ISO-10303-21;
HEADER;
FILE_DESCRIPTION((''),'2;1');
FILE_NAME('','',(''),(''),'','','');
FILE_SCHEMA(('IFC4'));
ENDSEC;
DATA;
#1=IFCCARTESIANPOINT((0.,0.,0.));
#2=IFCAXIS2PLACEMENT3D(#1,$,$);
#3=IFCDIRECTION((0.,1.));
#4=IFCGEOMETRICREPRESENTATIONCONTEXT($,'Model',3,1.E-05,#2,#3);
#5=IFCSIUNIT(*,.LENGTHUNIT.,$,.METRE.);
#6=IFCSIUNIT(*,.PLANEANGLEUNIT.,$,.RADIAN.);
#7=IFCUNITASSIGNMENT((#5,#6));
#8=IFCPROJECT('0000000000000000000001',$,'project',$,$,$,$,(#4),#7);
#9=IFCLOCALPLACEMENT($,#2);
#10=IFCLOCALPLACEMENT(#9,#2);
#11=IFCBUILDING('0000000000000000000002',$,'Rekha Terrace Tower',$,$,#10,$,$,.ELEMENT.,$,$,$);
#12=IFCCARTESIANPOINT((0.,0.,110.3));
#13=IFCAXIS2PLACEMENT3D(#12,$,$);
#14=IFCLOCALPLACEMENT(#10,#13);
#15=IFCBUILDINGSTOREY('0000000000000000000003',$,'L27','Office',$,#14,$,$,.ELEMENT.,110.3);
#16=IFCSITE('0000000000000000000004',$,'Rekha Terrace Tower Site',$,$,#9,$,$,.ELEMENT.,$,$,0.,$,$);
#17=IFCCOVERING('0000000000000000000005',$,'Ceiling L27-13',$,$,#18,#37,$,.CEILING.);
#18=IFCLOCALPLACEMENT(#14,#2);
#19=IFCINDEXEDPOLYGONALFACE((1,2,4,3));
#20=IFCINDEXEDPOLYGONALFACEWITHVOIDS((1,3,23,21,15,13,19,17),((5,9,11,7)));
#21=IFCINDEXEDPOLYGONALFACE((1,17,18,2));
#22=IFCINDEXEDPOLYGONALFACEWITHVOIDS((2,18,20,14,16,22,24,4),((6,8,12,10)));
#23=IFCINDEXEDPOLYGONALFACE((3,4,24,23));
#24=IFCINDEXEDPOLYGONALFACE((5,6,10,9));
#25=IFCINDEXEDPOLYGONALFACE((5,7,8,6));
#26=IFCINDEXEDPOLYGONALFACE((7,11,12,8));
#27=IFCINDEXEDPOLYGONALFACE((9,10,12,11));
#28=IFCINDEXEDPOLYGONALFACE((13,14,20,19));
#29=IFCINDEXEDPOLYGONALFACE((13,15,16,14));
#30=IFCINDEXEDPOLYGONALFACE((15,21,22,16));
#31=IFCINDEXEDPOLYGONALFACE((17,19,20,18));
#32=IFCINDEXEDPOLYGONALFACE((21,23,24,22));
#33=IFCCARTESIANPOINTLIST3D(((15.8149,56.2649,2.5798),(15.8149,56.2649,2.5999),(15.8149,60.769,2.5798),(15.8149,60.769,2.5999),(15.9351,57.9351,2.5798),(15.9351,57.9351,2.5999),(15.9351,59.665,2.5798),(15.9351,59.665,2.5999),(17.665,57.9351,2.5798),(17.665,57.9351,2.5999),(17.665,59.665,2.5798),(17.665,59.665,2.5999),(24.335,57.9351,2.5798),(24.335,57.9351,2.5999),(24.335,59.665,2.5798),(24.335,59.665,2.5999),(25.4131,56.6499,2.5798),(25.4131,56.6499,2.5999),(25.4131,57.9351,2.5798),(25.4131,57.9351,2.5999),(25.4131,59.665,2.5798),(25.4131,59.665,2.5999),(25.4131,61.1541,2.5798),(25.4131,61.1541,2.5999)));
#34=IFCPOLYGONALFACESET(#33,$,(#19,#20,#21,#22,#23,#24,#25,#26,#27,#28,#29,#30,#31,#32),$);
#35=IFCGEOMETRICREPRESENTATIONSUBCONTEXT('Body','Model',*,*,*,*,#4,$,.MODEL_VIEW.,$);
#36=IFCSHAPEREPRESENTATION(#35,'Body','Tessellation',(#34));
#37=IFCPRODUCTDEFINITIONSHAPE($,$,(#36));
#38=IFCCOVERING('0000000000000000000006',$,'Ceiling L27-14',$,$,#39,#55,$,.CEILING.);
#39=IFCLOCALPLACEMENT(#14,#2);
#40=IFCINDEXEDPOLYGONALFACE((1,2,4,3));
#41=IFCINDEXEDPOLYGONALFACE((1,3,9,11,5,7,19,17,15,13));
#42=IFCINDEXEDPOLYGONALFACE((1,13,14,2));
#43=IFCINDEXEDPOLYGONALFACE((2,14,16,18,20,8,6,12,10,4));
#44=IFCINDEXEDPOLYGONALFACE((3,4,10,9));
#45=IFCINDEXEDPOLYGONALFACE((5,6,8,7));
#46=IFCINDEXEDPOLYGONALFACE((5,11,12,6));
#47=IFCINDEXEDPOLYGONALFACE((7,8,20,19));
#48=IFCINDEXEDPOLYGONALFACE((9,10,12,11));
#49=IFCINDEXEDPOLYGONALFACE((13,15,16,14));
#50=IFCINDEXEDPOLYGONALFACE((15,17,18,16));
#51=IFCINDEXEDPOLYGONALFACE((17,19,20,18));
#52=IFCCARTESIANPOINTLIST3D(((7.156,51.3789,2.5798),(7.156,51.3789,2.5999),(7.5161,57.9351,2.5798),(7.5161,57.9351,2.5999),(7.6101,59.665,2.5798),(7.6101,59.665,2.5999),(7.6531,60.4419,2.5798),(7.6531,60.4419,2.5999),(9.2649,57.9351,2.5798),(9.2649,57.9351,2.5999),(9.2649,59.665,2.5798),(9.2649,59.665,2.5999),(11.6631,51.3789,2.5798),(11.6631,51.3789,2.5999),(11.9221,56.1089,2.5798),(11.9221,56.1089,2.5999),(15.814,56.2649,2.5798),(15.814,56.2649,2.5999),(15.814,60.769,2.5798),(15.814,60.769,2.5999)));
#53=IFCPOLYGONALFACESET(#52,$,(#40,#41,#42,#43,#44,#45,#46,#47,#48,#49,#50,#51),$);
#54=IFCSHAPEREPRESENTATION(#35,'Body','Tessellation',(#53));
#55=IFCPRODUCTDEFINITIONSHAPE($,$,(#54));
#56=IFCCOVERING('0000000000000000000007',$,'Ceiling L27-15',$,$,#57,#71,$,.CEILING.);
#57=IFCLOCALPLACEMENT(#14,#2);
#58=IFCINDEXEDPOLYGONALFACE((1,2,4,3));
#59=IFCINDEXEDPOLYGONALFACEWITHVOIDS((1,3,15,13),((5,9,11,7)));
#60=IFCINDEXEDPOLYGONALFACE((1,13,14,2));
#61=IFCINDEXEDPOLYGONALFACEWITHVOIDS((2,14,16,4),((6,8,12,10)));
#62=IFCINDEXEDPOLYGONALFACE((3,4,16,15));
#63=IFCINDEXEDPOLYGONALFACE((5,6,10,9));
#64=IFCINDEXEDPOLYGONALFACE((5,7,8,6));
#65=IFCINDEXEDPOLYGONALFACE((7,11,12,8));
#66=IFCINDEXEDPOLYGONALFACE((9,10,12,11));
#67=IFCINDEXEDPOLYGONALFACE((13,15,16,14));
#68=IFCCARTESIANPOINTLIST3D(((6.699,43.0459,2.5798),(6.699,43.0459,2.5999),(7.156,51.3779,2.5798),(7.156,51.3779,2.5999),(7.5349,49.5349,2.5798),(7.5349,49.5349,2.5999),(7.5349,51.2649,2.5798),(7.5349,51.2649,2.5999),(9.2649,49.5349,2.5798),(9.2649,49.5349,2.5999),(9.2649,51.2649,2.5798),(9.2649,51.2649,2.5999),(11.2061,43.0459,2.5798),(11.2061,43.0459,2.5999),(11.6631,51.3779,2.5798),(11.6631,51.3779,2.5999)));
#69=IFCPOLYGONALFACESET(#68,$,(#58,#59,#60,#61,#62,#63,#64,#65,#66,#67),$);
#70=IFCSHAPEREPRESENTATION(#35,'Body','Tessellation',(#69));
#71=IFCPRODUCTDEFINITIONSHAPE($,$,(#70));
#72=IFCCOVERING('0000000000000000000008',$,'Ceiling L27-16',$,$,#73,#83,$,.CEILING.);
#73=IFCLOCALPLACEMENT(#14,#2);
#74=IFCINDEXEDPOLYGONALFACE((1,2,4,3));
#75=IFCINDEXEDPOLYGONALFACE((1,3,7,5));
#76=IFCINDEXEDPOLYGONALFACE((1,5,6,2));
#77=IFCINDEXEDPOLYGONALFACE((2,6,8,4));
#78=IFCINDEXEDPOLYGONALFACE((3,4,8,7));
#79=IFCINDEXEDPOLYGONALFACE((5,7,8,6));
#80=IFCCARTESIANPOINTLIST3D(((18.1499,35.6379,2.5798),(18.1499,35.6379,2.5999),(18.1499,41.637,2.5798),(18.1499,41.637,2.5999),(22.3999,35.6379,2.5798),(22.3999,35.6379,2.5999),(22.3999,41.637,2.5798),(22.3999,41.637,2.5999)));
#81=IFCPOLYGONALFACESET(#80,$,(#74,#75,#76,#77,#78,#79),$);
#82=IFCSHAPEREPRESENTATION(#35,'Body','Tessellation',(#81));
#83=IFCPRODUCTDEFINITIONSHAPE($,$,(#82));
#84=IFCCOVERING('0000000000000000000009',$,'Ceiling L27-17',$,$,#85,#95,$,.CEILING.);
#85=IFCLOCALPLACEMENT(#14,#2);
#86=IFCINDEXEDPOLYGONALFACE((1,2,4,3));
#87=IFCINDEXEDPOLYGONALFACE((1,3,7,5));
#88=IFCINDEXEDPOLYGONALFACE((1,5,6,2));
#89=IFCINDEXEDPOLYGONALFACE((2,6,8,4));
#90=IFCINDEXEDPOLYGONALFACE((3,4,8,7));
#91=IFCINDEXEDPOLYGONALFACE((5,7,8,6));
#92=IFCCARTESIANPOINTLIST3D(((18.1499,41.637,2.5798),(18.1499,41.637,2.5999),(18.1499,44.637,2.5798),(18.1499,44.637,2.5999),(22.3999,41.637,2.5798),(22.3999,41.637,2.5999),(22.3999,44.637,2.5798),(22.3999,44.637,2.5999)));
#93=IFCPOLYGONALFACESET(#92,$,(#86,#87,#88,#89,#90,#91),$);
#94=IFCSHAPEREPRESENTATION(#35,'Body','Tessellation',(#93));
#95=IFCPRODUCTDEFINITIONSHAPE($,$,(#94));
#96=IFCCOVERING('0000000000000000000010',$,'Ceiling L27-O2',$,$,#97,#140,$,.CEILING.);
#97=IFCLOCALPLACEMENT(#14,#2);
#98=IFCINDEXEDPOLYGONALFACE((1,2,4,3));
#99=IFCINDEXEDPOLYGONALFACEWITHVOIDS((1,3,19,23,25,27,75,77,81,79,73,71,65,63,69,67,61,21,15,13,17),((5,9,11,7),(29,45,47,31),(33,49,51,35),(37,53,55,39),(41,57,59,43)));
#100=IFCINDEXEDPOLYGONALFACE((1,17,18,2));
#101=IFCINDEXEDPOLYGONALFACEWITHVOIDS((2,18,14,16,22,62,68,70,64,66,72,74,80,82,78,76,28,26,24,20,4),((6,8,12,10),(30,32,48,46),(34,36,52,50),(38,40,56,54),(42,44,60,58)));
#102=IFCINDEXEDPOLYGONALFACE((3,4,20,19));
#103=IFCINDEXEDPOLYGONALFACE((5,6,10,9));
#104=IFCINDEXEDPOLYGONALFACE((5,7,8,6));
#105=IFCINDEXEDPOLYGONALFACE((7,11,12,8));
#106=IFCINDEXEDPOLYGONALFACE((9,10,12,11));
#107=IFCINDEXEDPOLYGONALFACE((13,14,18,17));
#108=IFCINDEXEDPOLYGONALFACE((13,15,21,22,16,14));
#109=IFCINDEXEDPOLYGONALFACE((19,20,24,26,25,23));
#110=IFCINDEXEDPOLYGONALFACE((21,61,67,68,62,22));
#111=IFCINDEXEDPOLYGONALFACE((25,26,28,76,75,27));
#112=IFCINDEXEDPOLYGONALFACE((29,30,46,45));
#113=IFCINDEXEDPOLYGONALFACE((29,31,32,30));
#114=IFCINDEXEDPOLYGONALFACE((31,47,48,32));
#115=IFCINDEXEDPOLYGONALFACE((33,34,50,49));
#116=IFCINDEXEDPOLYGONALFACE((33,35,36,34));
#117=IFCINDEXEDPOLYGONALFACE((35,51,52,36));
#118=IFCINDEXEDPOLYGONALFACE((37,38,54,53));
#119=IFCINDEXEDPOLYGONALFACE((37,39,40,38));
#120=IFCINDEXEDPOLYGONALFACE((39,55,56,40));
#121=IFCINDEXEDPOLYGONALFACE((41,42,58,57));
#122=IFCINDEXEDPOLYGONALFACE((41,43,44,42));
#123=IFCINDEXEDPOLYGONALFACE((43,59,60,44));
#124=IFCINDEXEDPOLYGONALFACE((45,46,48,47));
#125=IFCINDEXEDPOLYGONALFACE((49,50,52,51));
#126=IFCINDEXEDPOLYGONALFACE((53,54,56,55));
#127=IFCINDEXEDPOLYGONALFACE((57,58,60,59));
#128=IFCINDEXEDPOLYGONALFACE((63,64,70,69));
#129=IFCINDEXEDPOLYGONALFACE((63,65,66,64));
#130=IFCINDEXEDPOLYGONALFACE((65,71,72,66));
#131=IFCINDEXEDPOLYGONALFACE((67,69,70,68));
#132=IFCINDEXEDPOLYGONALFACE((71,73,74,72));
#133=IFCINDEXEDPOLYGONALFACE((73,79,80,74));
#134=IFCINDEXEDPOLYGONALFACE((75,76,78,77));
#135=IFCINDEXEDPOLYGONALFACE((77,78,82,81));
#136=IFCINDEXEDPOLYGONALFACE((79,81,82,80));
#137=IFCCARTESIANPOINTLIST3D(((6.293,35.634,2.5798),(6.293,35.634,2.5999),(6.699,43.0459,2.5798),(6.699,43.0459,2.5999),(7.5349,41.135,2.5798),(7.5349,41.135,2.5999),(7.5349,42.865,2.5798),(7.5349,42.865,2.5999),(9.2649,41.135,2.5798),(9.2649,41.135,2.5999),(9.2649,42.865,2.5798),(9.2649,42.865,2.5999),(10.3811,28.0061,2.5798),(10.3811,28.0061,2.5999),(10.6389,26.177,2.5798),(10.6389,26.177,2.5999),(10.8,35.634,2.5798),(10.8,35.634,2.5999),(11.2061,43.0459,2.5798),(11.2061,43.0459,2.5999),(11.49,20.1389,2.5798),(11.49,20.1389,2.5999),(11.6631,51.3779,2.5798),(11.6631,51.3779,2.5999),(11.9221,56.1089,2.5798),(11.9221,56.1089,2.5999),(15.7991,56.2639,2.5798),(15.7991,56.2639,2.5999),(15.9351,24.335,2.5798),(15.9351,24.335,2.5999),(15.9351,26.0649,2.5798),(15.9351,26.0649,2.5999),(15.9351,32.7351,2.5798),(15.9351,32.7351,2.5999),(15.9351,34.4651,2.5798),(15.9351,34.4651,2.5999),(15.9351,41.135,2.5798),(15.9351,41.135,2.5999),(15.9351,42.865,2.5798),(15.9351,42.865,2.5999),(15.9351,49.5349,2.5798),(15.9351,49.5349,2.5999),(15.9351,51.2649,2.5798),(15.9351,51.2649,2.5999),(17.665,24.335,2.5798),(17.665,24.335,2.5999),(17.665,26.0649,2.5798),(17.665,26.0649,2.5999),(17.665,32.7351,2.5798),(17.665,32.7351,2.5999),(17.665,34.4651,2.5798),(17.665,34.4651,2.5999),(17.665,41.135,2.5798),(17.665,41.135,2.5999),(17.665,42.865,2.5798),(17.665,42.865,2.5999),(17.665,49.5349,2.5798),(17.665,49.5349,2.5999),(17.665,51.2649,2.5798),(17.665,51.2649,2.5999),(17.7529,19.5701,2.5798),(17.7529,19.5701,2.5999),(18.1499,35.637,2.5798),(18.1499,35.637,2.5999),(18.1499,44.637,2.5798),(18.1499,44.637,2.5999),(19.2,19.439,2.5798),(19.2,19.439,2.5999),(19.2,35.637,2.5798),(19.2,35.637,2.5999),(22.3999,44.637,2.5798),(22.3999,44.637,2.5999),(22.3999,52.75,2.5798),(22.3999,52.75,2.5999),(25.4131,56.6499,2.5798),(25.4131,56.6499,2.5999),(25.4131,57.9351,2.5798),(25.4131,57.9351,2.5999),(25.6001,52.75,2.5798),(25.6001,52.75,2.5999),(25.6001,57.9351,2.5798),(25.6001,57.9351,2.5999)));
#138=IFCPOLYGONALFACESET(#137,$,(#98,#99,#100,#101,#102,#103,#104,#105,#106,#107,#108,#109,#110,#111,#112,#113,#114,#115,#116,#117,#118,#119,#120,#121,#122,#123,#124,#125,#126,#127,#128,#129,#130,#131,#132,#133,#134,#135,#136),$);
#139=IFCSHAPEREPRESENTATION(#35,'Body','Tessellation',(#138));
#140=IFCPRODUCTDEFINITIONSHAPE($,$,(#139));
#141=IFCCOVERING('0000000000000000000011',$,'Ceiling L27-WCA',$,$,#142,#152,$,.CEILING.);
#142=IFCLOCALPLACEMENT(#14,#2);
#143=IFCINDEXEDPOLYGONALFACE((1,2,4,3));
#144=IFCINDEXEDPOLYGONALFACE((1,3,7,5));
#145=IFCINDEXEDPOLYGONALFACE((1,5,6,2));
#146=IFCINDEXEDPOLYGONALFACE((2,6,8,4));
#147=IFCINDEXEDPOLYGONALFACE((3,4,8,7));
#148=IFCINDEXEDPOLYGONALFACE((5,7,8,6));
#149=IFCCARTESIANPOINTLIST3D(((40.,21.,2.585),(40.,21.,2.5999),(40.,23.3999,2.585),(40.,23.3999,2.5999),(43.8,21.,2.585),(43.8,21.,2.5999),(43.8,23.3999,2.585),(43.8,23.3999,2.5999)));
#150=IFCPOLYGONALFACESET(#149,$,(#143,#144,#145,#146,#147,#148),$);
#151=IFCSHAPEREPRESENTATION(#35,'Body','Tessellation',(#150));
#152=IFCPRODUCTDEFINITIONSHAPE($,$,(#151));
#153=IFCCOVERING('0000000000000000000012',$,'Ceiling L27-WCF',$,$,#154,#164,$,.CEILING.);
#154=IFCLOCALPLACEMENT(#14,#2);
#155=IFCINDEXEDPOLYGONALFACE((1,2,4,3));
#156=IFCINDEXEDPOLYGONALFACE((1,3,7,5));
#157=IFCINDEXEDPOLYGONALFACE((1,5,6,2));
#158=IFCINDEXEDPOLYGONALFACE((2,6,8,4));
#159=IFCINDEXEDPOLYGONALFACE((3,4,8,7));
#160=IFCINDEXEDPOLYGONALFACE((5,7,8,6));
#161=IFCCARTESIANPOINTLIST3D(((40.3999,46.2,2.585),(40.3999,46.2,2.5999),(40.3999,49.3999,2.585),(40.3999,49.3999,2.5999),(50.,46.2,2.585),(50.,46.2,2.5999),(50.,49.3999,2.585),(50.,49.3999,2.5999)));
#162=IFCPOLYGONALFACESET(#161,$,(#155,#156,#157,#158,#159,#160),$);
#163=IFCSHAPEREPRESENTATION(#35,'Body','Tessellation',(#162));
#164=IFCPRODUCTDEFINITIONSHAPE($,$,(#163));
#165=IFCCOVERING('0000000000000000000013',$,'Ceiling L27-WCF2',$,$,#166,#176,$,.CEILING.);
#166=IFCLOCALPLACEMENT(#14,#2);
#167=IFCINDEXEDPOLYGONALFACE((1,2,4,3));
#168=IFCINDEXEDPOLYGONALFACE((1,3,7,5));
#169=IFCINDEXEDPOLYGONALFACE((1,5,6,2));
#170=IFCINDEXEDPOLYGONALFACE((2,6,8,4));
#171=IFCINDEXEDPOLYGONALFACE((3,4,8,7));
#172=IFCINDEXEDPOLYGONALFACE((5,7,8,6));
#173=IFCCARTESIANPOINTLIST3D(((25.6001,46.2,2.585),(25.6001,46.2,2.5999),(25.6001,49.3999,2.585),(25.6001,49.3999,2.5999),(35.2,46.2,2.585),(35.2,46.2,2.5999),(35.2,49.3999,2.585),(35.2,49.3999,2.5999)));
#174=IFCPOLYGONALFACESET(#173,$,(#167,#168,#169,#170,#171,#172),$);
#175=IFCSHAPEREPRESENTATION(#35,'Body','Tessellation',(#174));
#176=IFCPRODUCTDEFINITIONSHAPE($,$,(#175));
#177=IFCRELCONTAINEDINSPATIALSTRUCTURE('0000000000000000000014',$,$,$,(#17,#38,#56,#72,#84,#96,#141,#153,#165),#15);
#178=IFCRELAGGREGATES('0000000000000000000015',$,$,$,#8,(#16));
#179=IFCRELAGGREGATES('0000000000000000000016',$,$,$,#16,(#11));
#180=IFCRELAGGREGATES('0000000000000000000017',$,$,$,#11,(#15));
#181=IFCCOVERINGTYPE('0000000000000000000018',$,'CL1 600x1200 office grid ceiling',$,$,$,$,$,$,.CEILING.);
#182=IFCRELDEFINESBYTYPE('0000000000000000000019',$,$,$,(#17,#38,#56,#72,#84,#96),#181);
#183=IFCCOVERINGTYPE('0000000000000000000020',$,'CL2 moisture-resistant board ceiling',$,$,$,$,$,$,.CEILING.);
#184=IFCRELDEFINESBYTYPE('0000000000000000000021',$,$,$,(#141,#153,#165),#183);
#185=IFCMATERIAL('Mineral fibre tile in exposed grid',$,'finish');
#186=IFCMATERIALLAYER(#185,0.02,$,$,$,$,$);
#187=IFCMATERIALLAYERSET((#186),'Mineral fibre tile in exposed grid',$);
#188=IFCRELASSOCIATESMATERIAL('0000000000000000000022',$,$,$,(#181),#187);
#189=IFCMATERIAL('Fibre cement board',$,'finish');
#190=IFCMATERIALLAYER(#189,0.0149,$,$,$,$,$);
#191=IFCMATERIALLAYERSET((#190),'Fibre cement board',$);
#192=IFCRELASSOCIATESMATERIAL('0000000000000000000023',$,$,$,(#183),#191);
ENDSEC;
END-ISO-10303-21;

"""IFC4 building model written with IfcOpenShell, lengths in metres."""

from ifc_helpers import new_model, si_unit, direction, frame, origin, place, context, subcontext, project, spatial, polyline, outline, extrude, material, layer, layer_set, type_object, element, save


model = new_model("IFC4")

# Units and contexts
model_context = context("Model", 3, precision=1e-05, world=origin(), true_north=direction((0.0, 1.0)))
body_context = subcontext(model_context, "Body", "Model", "MODEL_VIEW")
ifc_project = project(units=[si_unit("LENGTHUNIT", "METRE"), si_unit("PLANEANGLEUNIT", "RADIAN")], contexts=[model_context])

# Site, building, storey
site_placement = place(None, origin())
site = spatial("IfcSite", under=ifc_project, at=site_placement, Name="Rekha Terrace Tower Site", CompositionType="ELEMENT", RefElevation=0.0)
building_placement = place(site_placement, origin())
building = spatial("IfcBuilding", under=site, at=building_placement, Name="Rekha Terrace Tower", CompositionType="ELEMENT")
storey_placement = place(building_placement, frame((0.0, 0.0, 110.3)))
storey = spatial("IfcBuildingStorey", under=building, at=storey_placement, Name="L27", Description="Office", CompositionType="ELEMENT", Elevation=110.3)

# Coverings
ifc_material_1 = material(Name="Mineral fibre tile in exposed grid", Category="finish")
ifc_layer_1 = layer(ifc_material_1, 0.02)
ifc_layer_set_1 = layer_set([ifc_layer_1], Name="Mineral fibre tile in exposed grid")
covering_type_1 = type_object("IfcCoveringType", Name="CL1 600x1200 office grid ceiling", PredefinedType="CEILING", material=ifc_layer_set_1)
covering_1_placement = place(storey_placement, frame((0.0, 0.0, 2.5798)))
element("IfcCovering", 1, at=covering_1_placement, inside=storey, type_object=covering_type_1, Name="Ceiling L27-13", PredefinedType="CEILING", context=body_context, shape_type="SweptSolid", body=[
    extrude(outline(polyline([(25.4131, 61.1541), (15.8149, 60.769), (15.8149, 56.2649), (25.4131, 56.6499), (25.4131, 57.9351), (24.335, 57.9351), (24.335, 59.665), (25.4131, 59.665), (25.4131, 61.1541)]), holes=[polyline([(17.665, 57.9351), (15.9351, 57.9351), (15.9351, 59.665), (17.665, 59.665), (17.665, 57.9351)])]), origin(), (0.0, 0.0, 1.0), 0.02),
])
covering_2_placement = place(storey_placement, frame((0.0, 0.0, 2.5798)))
element("IfcCovering", 2, at=covering_2_placement, inside=storey, type_object=covering_type_1, Name="Ceiling L27-14", PredefinedType="CEILING", context=body_context, shape_type="SweptSolid", body=[
    extrude(outline(polyline([(7.5161, 57.9351), (7.156, 51.3789), (11.6631, 51.3789), (11.9221, 56.1089), (15.814, 56.2649), (15.814, 60.769), (7.6531, 60.4419), (7.6101, 59.665), (9.2649, 59.665), (9.2649, 57.9351), (7.5161, 57.9351)])), origin(), (0.0, 0.0, 1.0), 0.02),
])
covering_3_placement = place(storey_placement, frame((0.0, 0.0, 2.5798)))
element("IfcCovering", 3, at=covering_3_placement, inside=storey, type_object=covering_type_1, Name="Ceiling L27-15", PredefinedType="CEILING", context=body_context, shape_type="SweptSolid", body=[
    extrude(outline(polyline([(11.6631, 51.3779), (7.156, 51.3779), (6.699, 43.0459), (11.2061, 43.0459), (11.6631, 51.3779)]), holes=[polyline([(9.2649, 51.2649), (9.2649, 49.5349), (7.5349, 49.5349), (7.5349, 51.2649), (9.2649, 51.2649)])]), origin(), (0.0, 0.0, 1.0), 0.02),
])
covering_4_placement = place(storey_placement, frame((0.0, 0.0, 2.5798)))
element("IfcCovering", 4, at=covering_4_placement, inside=storey, type_object=covering_type_1, Name="Ceiling L27-16", PredefinedType="CEILING", context=body_context, shape_type="SweptSolid", body=[
    extrude(outline(polyline([(22.3999, 41.637), (18.1499, 41.637), (18.1499, 35.6379), (22.3999, 35.6379), (22.3999, 41.637)])), origin(), (0.0, 0.0, 1.0), 0.02),
])
covering_5_placement = place(storey_placement, frame((0.0, 0.0, 2.5798)))
element("IfcCovering", 5, at=covering_5_placement, inside=storey, type_object=covering_type_1, Name="Ceiling L27-17", PredefinedType="CEILING", context=body_context, shape_type="SweptSolid", body=[
    extrude(outline(polyline([(22.3999, 44.637), (18.1499, 44.637), (18.1499, 41.637), (22.3999, 41.637), (22.3999, 44.637)])), origin(), (0.0, 0.0, 1.0), 0.02),
])
covering_6_placement = place(storey_placement, frame((0.0, 0.0, 2.5798)))
element("IfcCovering", 6, at=covering_6_placement, inside=storey, type_object=covering_type_1, Name="Ceiling L27-O2", PredefinedType="CEILING", context=body_context, shape_type="SweptSolid", body=[
    extrude(outline(polyline([(10.3811, 28.0061), (10.6389, 26.177), (11.49, 20.1389), (17.7529, 19.5701), (19.2, 19.439), (19.2, 35.637), (18.1499, 35.637), (18.1499, 44.637), (22.3999, 44.637), (22.3999, 52.75), (25.6001, 52.75), (25.6001, 57.9351), (25.4131, 57.9351), (25.4131, 56.6499), (15.7991, 56.2639), (11.9221, 56.1089), (11.6631, 51.3779), (11.2061, 43.0459), (6.699, 43.0459), (6.293, 35.634), (10.8, 35.634), (10.3811, 28.0061)]), holes=[polyline([(17.665, 26.0649), (17.665, 24.335), (15.9351, 24.335), (15.9351, 26.0649), (17.665, 26.0649)]), polyline([(17.665, 34.4651), (17.665, 32.7351), (15.9351, 32.7351), (15.9351, 34.4651), (17.665, 34.4651)]), polyline([(17.665, 41.135), (15.9351, 41.135), (15.9351, 42.865), (17.665, 42.865), (17.665, 41.135)]), polyline([(17.665, 49.5349), (15.9351, 49.5349), (15.9351, 51.2649), (17.665, 51.2649), (17.665, 49.5349)]), polyline([(9.2649, 41.135), (7.5349, 41.135), (7.5349, 42.865), (9.2649, 42.865), (9.2649, 41.135)])]), origin(), (0.0, 0.0, 1.0), 0.02),
])
ifc_material_2 = material(Name="Fibre cement board", Category="finish")
ifc_layer_2 = layer(ifc_material_2, 0.0149)
ifc_layer_set_2 = layer_set([ifc_layer_2], Name="Fibre cement board")
covering_type_2 = type_object("IfcCoveringType", Name="CL2 moisture-resistant board ceiling", PredefinedType="CEILING", material=ifc_layer_set_2)
covering_7_placement = place(storey_placement, frame((0.0, 0.0, 2.585)))
element("IfcCovering", 7, at=covering_7_placement, inside=storey, type_object=covering_type_2, Name="Ceiling L27-WCA", PredefinedType="CEILING", context=body_context, shape_type="SweptSolid", body=[
    extrude(outline(polyline([(43.8, 23.3999), (40.0, 23.3999), (40.0, 21.0), (43.8, 21.0), (43.8, 23.3999)])), origin(), (0.0, 0.0, 1.0), 0.0149),
])
covering_8_placement = place(storey_placement, frame((0.0, 0.0, 2.585)))
element("IfcCovering", 8, at=covering_8_placement, inside=storey, type_object=covering_type_2, Name="Ceiling L27-WCF", PredefinedType="CEILING", context=body_context, shape_type="SweptSolid", body=[
    extrude(outline(polyline([(50.0, 49.3999), (40.3999, 49.3999), (40.3999, 46.2), (50.0, 46.2), (50.0, 49.3999)])), origin(), (0.0, 0.0, 1.0), 0.0149),
])
covering_9_placement = place(storey_placement, frame((0.0, 0.0, 2.585)))
element("IfcCovering", 9, at=covering_9_placement, inside=storey, type_object=covering_type_2, Name="Ceiling L27-WCF2", PredefinedType="CEILING", context=body_context, shape_type="SweptSolid", body=[
    extrude(outline(polyline([(35.2, 49.3999), (25.6001, 49.3999), (25.6001, 46.2), (35.2, 46.2), (35.2, 49.3999)])), origin(), (0.0, 0.0, 1.0), 0.0149),
])

save(model, "model.ifc")
